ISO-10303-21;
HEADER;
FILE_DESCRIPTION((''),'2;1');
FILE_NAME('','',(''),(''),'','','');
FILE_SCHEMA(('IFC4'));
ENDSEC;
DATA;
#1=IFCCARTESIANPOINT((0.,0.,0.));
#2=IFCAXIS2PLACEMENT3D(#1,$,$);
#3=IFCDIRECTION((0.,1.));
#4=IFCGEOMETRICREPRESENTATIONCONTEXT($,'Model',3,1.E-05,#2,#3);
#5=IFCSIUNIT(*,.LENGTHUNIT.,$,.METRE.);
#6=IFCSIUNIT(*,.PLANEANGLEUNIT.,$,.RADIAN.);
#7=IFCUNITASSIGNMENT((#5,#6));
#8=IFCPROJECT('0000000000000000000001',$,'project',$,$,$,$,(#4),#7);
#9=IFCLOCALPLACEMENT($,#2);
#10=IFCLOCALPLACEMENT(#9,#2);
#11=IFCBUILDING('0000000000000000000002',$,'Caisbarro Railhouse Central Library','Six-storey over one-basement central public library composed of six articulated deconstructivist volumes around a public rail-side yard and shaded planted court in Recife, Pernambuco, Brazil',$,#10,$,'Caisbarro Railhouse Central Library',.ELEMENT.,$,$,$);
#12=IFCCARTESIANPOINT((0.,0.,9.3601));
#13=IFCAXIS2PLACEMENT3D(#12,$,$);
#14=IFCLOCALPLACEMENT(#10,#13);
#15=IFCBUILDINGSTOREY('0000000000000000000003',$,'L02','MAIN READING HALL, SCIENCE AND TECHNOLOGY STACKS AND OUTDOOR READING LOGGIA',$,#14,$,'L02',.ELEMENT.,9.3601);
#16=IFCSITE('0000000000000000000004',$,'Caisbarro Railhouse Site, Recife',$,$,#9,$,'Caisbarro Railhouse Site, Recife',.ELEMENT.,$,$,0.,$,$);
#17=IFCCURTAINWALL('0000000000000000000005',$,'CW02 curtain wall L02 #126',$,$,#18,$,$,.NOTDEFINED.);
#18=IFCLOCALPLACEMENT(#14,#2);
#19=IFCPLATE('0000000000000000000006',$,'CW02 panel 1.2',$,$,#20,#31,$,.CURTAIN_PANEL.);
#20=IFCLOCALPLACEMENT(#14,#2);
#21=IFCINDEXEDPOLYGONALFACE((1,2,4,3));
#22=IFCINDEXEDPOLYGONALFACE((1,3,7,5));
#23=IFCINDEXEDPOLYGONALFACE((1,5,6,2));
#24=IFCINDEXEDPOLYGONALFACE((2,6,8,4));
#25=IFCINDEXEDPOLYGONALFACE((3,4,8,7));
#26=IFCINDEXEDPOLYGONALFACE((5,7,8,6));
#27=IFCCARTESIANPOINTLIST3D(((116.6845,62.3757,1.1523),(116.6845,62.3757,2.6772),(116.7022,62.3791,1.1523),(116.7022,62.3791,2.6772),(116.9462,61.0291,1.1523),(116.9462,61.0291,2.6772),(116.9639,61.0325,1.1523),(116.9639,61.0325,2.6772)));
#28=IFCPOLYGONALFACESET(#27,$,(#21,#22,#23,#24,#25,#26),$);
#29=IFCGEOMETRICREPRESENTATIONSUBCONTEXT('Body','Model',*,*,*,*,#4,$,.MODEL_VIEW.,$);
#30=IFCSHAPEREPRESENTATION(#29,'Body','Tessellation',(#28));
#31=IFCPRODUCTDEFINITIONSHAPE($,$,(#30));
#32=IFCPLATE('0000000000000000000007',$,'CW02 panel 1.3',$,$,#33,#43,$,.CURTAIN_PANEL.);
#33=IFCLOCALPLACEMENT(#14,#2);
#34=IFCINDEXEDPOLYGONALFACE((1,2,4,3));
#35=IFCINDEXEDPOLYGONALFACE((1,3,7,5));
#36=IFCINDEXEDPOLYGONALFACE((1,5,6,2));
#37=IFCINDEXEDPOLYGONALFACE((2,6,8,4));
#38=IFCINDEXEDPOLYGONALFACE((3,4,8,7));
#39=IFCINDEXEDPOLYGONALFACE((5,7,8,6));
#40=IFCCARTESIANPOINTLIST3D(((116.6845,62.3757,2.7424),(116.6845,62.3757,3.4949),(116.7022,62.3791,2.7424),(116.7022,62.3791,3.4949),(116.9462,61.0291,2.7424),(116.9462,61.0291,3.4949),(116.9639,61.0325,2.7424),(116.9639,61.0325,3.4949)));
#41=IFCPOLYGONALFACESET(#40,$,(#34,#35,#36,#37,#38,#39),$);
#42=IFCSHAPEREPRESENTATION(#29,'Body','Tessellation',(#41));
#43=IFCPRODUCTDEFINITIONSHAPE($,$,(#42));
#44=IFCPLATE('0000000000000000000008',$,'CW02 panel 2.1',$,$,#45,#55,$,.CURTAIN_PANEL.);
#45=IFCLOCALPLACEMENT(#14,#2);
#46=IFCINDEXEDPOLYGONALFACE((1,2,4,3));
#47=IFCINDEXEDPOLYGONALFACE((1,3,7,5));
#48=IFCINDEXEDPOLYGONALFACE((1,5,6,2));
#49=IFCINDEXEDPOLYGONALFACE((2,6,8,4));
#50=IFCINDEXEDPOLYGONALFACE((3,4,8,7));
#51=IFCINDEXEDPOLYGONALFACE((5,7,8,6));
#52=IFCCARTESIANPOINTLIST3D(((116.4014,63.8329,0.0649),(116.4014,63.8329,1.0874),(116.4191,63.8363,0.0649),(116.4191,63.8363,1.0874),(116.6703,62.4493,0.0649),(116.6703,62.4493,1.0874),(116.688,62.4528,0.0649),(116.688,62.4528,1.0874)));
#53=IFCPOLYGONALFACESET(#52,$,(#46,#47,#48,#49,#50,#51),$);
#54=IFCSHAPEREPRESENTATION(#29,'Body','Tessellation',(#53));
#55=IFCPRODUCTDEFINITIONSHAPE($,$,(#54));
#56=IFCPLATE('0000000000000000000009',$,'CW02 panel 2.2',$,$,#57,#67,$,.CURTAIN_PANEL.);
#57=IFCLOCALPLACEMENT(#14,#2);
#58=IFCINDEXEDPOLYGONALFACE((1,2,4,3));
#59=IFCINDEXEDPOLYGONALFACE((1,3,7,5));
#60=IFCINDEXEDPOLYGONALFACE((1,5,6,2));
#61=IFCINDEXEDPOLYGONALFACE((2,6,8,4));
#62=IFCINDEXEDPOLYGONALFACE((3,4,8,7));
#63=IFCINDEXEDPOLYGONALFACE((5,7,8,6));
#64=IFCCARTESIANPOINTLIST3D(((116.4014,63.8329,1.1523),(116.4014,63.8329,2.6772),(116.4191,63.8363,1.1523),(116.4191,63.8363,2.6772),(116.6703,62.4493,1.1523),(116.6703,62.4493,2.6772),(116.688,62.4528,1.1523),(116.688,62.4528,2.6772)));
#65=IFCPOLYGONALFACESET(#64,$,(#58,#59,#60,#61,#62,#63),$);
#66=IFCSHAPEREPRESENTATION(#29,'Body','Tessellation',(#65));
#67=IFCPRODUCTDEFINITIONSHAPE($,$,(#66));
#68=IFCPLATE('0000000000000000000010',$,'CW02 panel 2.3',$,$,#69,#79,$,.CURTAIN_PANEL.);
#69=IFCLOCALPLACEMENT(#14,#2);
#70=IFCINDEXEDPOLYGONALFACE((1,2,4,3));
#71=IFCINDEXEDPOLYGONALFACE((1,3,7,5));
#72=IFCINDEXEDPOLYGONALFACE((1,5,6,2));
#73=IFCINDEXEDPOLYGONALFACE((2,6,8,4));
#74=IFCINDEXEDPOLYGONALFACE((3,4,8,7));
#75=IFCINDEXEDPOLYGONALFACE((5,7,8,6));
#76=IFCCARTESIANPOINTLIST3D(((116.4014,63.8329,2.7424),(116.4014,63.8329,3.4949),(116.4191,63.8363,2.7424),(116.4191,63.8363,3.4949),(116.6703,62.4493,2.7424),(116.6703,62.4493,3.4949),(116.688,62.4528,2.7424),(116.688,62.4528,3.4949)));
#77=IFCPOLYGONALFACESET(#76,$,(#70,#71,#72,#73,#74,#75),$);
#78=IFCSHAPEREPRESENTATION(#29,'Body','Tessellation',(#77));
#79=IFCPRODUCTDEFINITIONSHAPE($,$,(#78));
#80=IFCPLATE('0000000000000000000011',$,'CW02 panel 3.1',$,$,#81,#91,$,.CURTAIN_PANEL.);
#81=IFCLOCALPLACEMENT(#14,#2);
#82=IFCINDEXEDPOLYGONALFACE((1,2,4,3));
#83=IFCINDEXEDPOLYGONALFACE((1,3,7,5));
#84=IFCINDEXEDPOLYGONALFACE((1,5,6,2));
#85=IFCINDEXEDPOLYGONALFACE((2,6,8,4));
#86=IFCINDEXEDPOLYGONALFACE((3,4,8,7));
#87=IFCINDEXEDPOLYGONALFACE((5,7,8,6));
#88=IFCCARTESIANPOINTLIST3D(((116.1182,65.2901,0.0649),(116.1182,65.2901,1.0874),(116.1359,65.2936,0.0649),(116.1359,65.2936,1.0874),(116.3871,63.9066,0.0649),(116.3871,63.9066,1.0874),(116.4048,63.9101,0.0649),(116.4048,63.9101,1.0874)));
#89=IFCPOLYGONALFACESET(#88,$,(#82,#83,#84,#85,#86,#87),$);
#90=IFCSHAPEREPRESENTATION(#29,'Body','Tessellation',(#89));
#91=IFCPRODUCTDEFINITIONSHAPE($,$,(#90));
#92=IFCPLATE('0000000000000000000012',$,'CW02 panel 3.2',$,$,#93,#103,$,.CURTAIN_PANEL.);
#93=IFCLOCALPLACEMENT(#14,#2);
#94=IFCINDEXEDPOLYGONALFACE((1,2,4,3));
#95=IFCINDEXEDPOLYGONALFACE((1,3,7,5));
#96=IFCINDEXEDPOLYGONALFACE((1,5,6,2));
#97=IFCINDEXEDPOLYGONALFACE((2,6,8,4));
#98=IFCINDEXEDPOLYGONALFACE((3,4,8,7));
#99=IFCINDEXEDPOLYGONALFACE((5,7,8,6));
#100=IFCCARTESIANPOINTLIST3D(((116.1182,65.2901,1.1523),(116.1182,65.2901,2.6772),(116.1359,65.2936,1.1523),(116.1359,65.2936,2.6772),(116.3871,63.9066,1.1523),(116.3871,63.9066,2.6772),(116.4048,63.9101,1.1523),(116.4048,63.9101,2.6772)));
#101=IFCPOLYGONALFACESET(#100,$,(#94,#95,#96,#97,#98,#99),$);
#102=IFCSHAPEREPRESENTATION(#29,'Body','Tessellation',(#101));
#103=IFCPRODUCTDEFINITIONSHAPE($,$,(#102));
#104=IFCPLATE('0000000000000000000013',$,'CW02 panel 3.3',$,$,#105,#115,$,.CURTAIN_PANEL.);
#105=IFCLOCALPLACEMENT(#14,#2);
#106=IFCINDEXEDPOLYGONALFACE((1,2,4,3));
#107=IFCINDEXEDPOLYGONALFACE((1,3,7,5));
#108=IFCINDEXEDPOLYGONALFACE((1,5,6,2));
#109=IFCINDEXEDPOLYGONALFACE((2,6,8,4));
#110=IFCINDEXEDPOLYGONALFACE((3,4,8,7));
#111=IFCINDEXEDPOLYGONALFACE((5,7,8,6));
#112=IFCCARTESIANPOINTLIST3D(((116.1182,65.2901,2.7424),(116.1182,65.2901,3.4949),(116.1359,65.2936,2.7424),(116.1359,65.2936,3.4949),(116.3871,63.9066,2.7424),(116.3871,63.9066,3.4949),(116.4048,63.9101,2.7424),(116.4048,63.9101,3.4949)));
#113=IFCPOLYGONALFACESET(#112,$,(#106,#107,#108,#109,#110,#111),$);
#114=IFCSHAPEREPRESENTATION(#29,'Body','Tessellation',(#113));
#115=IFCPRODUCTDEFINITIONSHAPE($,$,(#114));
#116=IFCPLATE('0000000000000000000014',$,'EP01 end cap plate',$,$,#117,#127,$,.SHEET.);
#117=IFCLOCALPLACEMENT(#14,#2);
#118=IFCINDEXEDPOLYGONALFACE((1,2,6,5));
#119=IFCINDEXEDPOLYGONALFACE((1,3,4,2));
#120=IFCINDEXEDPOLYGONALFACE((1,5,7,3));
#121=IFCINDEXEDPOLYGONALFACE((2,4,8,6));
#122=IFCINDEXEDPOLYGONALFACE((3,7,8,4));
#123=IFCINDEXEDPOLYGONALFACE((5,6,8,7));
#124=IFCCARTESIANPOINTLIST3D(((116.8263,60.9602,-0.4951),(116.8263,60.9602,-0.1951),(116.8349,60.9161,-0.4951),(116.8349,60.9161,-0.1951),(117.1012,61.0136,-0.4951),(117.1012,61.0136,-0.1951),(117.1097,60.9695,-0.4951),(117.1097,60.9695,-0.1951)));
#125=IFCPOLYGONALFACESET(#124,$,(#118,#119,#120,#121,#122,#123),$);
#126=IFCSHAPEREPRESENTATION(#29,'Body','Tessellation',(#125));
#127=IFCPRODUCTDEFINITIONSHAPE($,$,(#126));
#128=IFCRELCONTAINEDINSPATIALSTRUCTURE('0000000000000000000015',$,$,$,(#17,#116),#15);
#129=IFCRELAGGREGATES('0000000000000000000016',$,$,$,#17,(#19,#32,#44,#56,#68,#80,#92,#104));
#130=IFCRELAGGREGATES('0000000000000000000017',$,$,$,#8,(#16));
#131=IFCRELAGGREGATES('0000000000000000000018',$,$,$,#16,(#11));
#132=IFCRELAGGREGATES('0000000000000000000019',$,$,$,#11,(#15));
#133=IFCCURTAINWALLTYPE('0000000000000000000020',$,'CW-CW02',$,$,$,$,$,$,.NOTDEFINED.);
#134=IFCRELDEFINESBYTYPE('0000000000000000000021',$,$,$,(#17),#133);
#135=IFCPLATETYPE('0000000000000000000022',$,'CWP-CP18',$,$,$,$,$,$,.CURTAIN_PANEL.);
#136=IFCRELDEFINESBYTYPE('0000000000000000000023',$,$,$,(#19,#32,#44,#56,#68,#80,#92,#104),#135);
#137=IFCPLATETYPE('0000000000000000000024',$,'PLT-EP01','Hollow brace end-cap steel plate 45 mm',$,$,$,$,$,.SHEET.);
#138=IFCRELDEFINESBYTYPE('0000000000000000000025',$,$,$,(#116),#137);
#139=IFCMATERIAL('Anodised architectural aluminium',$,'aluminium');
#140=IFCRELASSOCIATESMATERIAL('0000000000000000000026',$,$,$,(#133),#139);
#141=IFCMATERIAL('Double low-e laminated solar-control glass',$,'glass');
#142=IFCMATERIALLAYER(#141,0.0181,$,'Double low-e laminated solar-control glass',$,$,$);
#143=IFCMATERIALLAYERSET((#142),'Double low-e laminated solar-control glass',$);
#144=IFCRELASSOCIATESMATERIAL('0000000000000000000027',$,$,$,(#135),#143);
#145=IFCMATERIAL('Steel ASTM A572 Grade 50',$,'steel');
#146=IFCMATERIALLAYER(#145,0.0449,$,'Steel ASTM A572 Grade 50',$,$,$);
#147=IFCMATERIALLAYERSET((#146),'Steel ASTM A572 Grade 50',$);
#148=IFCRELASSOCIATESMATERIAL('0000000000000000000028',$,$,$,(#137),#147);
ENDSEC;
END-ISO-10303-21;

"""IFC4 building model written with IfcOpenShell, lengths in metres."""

from ifc_helpers import new_model, si_unit, direction, frame, origin, origin_2d, place, context, subcontext, project, spatial, rectangle, extrude, material, layer, layer_set, type_object, element, aggregate, save


model = new_model("IFC4")

# Units and contexts
model_context = context("Model", 3, precision=1e-05, world=origin(), true_north=direction((0.0, 1.0)))
body_context = subcontext(model_context, "Body", "Model", "MODEL_VIEW")
ifc_project = project(units=[si_unit("LENGTHUNIT", "METRE"), si_unit("PLANEANGLEUNIT", "RADIAN")], contexts=[model_context])

# Site, building, storey
site_placement = place(None, origin())
site = spatial("IfcSite", under=ifc_project, at=site_placement, Name="Caisbarro Railhouse Site, Recife", LongName="Caisbarro Railhouse Site, Recife", CompositionType="ELEMENT", RefElevation=0.0)
building_placement = place(site_placement, origin())
building = spatial("IfcBuilding", under=site, at=building_placement, Name="Caisbarro Railhouse Central Library", Description="Six-storey over one-basement central public library composed of six articulated deconstructivist volumes around a public rail-side yard and shaded planted court in Recife, Pernambuco, Brazil", LongName="Caisbarro Railhouse Central Library", CompositionType="ELEMENT")
storey_placement = place(building_placement, frame((0.0, 0.0, 9.3601)))
storey = spatial("IfcBuildingStorey", under=building, at=storey_placement, Name="L02", Description="MAIN READING HALL, SCIENCE AND TECHNOLOGY STACKS AND OUTDOOR READING LOGGIA", LongName="L02", CompositionType="ELEMENT", Elevation=9.3601)

# Shared definitions
ifc_material_1 = material(Name="Steel ASTM A572 Grade 50", Category="steel")

# Curtain wall, plates
ifc_material_2 = material(Name="Anodised architectural aluminium", Category="aluminium")
curtain_wall_type = type_object("IfcCurtainWallType", Name="CW-CW02", PredefinedType="NOTDEFINED", material=ifc_material_2)
curtain_wall_placement = place(storey_placement, origin())
curtain_wall = element("IfcCurtainWall", 1, at=curtain_wall_placement, inside=storey, type_object=curtain_wall_type, Name="CW02 curtain wall L02 #126", PredefinedType="NOTDEFINED")
ifc_material_3 = material(Name="Double low-e laminated solar-control glass", Category="glass")
ifc_layer_1 = layer(ifc_material_3, 0.0181, Name="Double low-e laminated solar-control glass")
ifc_layer_set_1 = layer_set([ifc_layer_1], Name="Double low-e laminated solar-control glass")
plate_type_1 = type_object("IfcPlateType", Name="CWP-CP18", PredefinedType="CURTAIN_PANEL", material=ifc_layer_set_1)
plate_1_placement = place(storey_placement, frame((116.8242, 61.7041, 1.1523), z_axis=(0.0, 0.0, 1.0), x_axis=(-0.190781, 0.981633, 0.0)))
plate_1 = element("IfcPlate", 2, at=plate_1_placement, type_object=plate_type_1, Name="CW02 panel 1.2", PredefinedType="CURTAIN_PANEL", context=body_context, shape_type="SweptSolid", body=[
    extrude(rectangle(XDim=1.3718, YDim=0.0181, at=origin_2d()), origin(), (0.0, 0.0, 1.0), 1.5249),
])
plate_2_placement = place(storey_placement, frame((116.8242, 61.7041, 2.7424), z_axis=(0.0, 0.0, 1.0), x_axis=(-0.190781, 0.981633, 0.0)))
plate_2 = element("IfcPlate", 3, at=plate_2_placement, type_object=plate_type_1, Name="CW02 panel 1.3", PredefinedType="CURTAIN_PANEL", context=body_context, shape_type="SweptSolid", body=[
    extrude(rectangle(XDim=1.3718, YDim=0.0181, at=origin_2d()), origin(), (0.0, 0.0, 1.0), 0.7524),
])
plate_3_placement = place(storey_placement, frame((116.5447, 63.1428, 0.0649), z_axis=(0.0, 0.0, 1.0), x_axis=(-0.190781, 0.981633, 0.0)))
plate_3 = element("IfcPlate", 4, at=plate_3_placement, type_object=plate_type_1, Name="CW02 panel 2.1", PredefinedType="CURTAIN_PANEL", context=body_context, shape_type="SweptSolid", body=[
    extrude(rectangle(XDim=1.4094, YDim=0.0181, at=origin_2d()), origin(), (0.0, 0.0, 1.0), 1.0225),
])
plate_4_placement = place(storey_placement, frame((116.5447, 63.1428, 1.1523), z_axis=(0.0, 0.0, 1.0), x_axis=(-0.190781, 0.981633, 0.0)))
plate_4 = element("IfcPlate", 5, at=plate_4_placement, type_object=plate_type_1, Name="CW02 panel 2.2", PredefinedType="CURTAIN_PANEL", context=body_context, shape_type="SweptSolid", body=[
    extrude(rectangle(XDim=1.4094, YDim=0.0181, at=origin_2d()), origin(), (0.0, 0.0, 1.0), 1.5249),
])
plate_5_placement = place(storey_placement, frame((116.5447, 63.1428, 2.7424), z_axis=(0.0, 0.0, 1.0), x_axis=(-0.190781, 0.981633, 0.0)))
plate_5 = element("IfcPlate", 6, at=plate_5_placement, type_object=plate_type_1, Name="CW02 panel 2.3", PredefinedType="CURTAIN_PANEL", context=body_context, shape_type="SweptSolid", body=[
    extrude(rectangle(XDim=1.4094, YDim=0.0181, at=origin_2d()), origin(), (0.0, 0.0, 1.0), 0.7524),
])
plate_6_placement = place(storey_placement, frame((116.2615, 64.6001, 0.0649), z_axis=(0.0, 0.0, 1.0), x_axis=(-0.190781, 0.981633, 0.0)))
plate_6 = element("IfcPlate", 7, at=plate_6_placement, type_object=plate_type_1, Name="CW02 panel 3.1", PredefinedType="CURTAIN_PANEL", context=body_context, shape_type="SweptSolid", body=[
    extrude(rectangle(XDim=1.4094, YDim=0.0181, at=origin_2d()), origin(), (0.0, 0.0, 1.0), 1.0225),
])
plate_7_placement = place(storey_placement, frame((116.2615, 64.6001, 1.1523), z_axis=(0.0, 0.0, 1.0), x_axis=(-0.190781, 0.981633, 0.0)))
plate_7 = element("IfcPlate", 8, at=plate_7_placement, type_object=plate_type_1, Name="CW02 panel 3.2", PredefinedType="CURTAIN_PANEL", context=body_context, shape_type="SweptSolid", body=[
    extrude(rectangle(XDim=1.4094, YDim=0.0181, at=origin_2d()), origin(), (0.0, 0.0, 1.0), 1.5249),
])
plate_8_placement = place(storey_placement, frame((116.2615, 64.6001, 2.7424), z_axis=(0.0, 0.0, 1.0), x_axis=(-0.190781, 0.981633, 0.0)))
plate_8 = element("IfcPlate", 9, at=plate_8_placement, type_object=plate_type_1, Name="CW02 panel 3.3", PredefinedType="CURTAIN_PANEL", context=body_context, shape_type="SweptSolid", body=[
    extrude(rectangle(XDim=1.4094, YDim=0.0181, at=origin_2d()), origin(), (0.0, 0.0, 1.0), 0.7524),
])
aggregate(curtain_wall, [plate_1, plate_2, plate_3, plate_4, plate_5, plate_6, plate_7, plate_8])

# Plate
ifc_layer_2 = layer(ifc_material_1, 0.0449, Name="Steel ASTM A572 Grade 50")
ifc_layer_set_2 = layer_set([ifc_layer_2], Name="Steel ASTM A572 Grade 50")
plate_type_2 = type_object("IfcPlateType", Name="PLT-EP01", Description="Hollow brace end-cap steel plate 45 mm", PredefinedType="SHEET", material=ifc_layer_set_2)
plate_9_placement = place(storey_placement, frame((116.968, 60.9648, -0.4951), z_axis=(0.0, 0.0, 1.0), x_axis=(-0.190809, 0.981627, 0.0)))
element("IfcPlate", 10, at=plate_9_placement, inside=storey, type_object=plate_type_2, Name="EP01 end cap plate", PredefinedType="SHEET", context=body_context, shape_type="SweptSolid", body=[
    extrude(rectangle(XDim=0.0449, YDim=0.28, at=origin_2d()), origin(), (0.0, 0.0, 1.0), 0.3),
])

save(model, "model.ifc")
